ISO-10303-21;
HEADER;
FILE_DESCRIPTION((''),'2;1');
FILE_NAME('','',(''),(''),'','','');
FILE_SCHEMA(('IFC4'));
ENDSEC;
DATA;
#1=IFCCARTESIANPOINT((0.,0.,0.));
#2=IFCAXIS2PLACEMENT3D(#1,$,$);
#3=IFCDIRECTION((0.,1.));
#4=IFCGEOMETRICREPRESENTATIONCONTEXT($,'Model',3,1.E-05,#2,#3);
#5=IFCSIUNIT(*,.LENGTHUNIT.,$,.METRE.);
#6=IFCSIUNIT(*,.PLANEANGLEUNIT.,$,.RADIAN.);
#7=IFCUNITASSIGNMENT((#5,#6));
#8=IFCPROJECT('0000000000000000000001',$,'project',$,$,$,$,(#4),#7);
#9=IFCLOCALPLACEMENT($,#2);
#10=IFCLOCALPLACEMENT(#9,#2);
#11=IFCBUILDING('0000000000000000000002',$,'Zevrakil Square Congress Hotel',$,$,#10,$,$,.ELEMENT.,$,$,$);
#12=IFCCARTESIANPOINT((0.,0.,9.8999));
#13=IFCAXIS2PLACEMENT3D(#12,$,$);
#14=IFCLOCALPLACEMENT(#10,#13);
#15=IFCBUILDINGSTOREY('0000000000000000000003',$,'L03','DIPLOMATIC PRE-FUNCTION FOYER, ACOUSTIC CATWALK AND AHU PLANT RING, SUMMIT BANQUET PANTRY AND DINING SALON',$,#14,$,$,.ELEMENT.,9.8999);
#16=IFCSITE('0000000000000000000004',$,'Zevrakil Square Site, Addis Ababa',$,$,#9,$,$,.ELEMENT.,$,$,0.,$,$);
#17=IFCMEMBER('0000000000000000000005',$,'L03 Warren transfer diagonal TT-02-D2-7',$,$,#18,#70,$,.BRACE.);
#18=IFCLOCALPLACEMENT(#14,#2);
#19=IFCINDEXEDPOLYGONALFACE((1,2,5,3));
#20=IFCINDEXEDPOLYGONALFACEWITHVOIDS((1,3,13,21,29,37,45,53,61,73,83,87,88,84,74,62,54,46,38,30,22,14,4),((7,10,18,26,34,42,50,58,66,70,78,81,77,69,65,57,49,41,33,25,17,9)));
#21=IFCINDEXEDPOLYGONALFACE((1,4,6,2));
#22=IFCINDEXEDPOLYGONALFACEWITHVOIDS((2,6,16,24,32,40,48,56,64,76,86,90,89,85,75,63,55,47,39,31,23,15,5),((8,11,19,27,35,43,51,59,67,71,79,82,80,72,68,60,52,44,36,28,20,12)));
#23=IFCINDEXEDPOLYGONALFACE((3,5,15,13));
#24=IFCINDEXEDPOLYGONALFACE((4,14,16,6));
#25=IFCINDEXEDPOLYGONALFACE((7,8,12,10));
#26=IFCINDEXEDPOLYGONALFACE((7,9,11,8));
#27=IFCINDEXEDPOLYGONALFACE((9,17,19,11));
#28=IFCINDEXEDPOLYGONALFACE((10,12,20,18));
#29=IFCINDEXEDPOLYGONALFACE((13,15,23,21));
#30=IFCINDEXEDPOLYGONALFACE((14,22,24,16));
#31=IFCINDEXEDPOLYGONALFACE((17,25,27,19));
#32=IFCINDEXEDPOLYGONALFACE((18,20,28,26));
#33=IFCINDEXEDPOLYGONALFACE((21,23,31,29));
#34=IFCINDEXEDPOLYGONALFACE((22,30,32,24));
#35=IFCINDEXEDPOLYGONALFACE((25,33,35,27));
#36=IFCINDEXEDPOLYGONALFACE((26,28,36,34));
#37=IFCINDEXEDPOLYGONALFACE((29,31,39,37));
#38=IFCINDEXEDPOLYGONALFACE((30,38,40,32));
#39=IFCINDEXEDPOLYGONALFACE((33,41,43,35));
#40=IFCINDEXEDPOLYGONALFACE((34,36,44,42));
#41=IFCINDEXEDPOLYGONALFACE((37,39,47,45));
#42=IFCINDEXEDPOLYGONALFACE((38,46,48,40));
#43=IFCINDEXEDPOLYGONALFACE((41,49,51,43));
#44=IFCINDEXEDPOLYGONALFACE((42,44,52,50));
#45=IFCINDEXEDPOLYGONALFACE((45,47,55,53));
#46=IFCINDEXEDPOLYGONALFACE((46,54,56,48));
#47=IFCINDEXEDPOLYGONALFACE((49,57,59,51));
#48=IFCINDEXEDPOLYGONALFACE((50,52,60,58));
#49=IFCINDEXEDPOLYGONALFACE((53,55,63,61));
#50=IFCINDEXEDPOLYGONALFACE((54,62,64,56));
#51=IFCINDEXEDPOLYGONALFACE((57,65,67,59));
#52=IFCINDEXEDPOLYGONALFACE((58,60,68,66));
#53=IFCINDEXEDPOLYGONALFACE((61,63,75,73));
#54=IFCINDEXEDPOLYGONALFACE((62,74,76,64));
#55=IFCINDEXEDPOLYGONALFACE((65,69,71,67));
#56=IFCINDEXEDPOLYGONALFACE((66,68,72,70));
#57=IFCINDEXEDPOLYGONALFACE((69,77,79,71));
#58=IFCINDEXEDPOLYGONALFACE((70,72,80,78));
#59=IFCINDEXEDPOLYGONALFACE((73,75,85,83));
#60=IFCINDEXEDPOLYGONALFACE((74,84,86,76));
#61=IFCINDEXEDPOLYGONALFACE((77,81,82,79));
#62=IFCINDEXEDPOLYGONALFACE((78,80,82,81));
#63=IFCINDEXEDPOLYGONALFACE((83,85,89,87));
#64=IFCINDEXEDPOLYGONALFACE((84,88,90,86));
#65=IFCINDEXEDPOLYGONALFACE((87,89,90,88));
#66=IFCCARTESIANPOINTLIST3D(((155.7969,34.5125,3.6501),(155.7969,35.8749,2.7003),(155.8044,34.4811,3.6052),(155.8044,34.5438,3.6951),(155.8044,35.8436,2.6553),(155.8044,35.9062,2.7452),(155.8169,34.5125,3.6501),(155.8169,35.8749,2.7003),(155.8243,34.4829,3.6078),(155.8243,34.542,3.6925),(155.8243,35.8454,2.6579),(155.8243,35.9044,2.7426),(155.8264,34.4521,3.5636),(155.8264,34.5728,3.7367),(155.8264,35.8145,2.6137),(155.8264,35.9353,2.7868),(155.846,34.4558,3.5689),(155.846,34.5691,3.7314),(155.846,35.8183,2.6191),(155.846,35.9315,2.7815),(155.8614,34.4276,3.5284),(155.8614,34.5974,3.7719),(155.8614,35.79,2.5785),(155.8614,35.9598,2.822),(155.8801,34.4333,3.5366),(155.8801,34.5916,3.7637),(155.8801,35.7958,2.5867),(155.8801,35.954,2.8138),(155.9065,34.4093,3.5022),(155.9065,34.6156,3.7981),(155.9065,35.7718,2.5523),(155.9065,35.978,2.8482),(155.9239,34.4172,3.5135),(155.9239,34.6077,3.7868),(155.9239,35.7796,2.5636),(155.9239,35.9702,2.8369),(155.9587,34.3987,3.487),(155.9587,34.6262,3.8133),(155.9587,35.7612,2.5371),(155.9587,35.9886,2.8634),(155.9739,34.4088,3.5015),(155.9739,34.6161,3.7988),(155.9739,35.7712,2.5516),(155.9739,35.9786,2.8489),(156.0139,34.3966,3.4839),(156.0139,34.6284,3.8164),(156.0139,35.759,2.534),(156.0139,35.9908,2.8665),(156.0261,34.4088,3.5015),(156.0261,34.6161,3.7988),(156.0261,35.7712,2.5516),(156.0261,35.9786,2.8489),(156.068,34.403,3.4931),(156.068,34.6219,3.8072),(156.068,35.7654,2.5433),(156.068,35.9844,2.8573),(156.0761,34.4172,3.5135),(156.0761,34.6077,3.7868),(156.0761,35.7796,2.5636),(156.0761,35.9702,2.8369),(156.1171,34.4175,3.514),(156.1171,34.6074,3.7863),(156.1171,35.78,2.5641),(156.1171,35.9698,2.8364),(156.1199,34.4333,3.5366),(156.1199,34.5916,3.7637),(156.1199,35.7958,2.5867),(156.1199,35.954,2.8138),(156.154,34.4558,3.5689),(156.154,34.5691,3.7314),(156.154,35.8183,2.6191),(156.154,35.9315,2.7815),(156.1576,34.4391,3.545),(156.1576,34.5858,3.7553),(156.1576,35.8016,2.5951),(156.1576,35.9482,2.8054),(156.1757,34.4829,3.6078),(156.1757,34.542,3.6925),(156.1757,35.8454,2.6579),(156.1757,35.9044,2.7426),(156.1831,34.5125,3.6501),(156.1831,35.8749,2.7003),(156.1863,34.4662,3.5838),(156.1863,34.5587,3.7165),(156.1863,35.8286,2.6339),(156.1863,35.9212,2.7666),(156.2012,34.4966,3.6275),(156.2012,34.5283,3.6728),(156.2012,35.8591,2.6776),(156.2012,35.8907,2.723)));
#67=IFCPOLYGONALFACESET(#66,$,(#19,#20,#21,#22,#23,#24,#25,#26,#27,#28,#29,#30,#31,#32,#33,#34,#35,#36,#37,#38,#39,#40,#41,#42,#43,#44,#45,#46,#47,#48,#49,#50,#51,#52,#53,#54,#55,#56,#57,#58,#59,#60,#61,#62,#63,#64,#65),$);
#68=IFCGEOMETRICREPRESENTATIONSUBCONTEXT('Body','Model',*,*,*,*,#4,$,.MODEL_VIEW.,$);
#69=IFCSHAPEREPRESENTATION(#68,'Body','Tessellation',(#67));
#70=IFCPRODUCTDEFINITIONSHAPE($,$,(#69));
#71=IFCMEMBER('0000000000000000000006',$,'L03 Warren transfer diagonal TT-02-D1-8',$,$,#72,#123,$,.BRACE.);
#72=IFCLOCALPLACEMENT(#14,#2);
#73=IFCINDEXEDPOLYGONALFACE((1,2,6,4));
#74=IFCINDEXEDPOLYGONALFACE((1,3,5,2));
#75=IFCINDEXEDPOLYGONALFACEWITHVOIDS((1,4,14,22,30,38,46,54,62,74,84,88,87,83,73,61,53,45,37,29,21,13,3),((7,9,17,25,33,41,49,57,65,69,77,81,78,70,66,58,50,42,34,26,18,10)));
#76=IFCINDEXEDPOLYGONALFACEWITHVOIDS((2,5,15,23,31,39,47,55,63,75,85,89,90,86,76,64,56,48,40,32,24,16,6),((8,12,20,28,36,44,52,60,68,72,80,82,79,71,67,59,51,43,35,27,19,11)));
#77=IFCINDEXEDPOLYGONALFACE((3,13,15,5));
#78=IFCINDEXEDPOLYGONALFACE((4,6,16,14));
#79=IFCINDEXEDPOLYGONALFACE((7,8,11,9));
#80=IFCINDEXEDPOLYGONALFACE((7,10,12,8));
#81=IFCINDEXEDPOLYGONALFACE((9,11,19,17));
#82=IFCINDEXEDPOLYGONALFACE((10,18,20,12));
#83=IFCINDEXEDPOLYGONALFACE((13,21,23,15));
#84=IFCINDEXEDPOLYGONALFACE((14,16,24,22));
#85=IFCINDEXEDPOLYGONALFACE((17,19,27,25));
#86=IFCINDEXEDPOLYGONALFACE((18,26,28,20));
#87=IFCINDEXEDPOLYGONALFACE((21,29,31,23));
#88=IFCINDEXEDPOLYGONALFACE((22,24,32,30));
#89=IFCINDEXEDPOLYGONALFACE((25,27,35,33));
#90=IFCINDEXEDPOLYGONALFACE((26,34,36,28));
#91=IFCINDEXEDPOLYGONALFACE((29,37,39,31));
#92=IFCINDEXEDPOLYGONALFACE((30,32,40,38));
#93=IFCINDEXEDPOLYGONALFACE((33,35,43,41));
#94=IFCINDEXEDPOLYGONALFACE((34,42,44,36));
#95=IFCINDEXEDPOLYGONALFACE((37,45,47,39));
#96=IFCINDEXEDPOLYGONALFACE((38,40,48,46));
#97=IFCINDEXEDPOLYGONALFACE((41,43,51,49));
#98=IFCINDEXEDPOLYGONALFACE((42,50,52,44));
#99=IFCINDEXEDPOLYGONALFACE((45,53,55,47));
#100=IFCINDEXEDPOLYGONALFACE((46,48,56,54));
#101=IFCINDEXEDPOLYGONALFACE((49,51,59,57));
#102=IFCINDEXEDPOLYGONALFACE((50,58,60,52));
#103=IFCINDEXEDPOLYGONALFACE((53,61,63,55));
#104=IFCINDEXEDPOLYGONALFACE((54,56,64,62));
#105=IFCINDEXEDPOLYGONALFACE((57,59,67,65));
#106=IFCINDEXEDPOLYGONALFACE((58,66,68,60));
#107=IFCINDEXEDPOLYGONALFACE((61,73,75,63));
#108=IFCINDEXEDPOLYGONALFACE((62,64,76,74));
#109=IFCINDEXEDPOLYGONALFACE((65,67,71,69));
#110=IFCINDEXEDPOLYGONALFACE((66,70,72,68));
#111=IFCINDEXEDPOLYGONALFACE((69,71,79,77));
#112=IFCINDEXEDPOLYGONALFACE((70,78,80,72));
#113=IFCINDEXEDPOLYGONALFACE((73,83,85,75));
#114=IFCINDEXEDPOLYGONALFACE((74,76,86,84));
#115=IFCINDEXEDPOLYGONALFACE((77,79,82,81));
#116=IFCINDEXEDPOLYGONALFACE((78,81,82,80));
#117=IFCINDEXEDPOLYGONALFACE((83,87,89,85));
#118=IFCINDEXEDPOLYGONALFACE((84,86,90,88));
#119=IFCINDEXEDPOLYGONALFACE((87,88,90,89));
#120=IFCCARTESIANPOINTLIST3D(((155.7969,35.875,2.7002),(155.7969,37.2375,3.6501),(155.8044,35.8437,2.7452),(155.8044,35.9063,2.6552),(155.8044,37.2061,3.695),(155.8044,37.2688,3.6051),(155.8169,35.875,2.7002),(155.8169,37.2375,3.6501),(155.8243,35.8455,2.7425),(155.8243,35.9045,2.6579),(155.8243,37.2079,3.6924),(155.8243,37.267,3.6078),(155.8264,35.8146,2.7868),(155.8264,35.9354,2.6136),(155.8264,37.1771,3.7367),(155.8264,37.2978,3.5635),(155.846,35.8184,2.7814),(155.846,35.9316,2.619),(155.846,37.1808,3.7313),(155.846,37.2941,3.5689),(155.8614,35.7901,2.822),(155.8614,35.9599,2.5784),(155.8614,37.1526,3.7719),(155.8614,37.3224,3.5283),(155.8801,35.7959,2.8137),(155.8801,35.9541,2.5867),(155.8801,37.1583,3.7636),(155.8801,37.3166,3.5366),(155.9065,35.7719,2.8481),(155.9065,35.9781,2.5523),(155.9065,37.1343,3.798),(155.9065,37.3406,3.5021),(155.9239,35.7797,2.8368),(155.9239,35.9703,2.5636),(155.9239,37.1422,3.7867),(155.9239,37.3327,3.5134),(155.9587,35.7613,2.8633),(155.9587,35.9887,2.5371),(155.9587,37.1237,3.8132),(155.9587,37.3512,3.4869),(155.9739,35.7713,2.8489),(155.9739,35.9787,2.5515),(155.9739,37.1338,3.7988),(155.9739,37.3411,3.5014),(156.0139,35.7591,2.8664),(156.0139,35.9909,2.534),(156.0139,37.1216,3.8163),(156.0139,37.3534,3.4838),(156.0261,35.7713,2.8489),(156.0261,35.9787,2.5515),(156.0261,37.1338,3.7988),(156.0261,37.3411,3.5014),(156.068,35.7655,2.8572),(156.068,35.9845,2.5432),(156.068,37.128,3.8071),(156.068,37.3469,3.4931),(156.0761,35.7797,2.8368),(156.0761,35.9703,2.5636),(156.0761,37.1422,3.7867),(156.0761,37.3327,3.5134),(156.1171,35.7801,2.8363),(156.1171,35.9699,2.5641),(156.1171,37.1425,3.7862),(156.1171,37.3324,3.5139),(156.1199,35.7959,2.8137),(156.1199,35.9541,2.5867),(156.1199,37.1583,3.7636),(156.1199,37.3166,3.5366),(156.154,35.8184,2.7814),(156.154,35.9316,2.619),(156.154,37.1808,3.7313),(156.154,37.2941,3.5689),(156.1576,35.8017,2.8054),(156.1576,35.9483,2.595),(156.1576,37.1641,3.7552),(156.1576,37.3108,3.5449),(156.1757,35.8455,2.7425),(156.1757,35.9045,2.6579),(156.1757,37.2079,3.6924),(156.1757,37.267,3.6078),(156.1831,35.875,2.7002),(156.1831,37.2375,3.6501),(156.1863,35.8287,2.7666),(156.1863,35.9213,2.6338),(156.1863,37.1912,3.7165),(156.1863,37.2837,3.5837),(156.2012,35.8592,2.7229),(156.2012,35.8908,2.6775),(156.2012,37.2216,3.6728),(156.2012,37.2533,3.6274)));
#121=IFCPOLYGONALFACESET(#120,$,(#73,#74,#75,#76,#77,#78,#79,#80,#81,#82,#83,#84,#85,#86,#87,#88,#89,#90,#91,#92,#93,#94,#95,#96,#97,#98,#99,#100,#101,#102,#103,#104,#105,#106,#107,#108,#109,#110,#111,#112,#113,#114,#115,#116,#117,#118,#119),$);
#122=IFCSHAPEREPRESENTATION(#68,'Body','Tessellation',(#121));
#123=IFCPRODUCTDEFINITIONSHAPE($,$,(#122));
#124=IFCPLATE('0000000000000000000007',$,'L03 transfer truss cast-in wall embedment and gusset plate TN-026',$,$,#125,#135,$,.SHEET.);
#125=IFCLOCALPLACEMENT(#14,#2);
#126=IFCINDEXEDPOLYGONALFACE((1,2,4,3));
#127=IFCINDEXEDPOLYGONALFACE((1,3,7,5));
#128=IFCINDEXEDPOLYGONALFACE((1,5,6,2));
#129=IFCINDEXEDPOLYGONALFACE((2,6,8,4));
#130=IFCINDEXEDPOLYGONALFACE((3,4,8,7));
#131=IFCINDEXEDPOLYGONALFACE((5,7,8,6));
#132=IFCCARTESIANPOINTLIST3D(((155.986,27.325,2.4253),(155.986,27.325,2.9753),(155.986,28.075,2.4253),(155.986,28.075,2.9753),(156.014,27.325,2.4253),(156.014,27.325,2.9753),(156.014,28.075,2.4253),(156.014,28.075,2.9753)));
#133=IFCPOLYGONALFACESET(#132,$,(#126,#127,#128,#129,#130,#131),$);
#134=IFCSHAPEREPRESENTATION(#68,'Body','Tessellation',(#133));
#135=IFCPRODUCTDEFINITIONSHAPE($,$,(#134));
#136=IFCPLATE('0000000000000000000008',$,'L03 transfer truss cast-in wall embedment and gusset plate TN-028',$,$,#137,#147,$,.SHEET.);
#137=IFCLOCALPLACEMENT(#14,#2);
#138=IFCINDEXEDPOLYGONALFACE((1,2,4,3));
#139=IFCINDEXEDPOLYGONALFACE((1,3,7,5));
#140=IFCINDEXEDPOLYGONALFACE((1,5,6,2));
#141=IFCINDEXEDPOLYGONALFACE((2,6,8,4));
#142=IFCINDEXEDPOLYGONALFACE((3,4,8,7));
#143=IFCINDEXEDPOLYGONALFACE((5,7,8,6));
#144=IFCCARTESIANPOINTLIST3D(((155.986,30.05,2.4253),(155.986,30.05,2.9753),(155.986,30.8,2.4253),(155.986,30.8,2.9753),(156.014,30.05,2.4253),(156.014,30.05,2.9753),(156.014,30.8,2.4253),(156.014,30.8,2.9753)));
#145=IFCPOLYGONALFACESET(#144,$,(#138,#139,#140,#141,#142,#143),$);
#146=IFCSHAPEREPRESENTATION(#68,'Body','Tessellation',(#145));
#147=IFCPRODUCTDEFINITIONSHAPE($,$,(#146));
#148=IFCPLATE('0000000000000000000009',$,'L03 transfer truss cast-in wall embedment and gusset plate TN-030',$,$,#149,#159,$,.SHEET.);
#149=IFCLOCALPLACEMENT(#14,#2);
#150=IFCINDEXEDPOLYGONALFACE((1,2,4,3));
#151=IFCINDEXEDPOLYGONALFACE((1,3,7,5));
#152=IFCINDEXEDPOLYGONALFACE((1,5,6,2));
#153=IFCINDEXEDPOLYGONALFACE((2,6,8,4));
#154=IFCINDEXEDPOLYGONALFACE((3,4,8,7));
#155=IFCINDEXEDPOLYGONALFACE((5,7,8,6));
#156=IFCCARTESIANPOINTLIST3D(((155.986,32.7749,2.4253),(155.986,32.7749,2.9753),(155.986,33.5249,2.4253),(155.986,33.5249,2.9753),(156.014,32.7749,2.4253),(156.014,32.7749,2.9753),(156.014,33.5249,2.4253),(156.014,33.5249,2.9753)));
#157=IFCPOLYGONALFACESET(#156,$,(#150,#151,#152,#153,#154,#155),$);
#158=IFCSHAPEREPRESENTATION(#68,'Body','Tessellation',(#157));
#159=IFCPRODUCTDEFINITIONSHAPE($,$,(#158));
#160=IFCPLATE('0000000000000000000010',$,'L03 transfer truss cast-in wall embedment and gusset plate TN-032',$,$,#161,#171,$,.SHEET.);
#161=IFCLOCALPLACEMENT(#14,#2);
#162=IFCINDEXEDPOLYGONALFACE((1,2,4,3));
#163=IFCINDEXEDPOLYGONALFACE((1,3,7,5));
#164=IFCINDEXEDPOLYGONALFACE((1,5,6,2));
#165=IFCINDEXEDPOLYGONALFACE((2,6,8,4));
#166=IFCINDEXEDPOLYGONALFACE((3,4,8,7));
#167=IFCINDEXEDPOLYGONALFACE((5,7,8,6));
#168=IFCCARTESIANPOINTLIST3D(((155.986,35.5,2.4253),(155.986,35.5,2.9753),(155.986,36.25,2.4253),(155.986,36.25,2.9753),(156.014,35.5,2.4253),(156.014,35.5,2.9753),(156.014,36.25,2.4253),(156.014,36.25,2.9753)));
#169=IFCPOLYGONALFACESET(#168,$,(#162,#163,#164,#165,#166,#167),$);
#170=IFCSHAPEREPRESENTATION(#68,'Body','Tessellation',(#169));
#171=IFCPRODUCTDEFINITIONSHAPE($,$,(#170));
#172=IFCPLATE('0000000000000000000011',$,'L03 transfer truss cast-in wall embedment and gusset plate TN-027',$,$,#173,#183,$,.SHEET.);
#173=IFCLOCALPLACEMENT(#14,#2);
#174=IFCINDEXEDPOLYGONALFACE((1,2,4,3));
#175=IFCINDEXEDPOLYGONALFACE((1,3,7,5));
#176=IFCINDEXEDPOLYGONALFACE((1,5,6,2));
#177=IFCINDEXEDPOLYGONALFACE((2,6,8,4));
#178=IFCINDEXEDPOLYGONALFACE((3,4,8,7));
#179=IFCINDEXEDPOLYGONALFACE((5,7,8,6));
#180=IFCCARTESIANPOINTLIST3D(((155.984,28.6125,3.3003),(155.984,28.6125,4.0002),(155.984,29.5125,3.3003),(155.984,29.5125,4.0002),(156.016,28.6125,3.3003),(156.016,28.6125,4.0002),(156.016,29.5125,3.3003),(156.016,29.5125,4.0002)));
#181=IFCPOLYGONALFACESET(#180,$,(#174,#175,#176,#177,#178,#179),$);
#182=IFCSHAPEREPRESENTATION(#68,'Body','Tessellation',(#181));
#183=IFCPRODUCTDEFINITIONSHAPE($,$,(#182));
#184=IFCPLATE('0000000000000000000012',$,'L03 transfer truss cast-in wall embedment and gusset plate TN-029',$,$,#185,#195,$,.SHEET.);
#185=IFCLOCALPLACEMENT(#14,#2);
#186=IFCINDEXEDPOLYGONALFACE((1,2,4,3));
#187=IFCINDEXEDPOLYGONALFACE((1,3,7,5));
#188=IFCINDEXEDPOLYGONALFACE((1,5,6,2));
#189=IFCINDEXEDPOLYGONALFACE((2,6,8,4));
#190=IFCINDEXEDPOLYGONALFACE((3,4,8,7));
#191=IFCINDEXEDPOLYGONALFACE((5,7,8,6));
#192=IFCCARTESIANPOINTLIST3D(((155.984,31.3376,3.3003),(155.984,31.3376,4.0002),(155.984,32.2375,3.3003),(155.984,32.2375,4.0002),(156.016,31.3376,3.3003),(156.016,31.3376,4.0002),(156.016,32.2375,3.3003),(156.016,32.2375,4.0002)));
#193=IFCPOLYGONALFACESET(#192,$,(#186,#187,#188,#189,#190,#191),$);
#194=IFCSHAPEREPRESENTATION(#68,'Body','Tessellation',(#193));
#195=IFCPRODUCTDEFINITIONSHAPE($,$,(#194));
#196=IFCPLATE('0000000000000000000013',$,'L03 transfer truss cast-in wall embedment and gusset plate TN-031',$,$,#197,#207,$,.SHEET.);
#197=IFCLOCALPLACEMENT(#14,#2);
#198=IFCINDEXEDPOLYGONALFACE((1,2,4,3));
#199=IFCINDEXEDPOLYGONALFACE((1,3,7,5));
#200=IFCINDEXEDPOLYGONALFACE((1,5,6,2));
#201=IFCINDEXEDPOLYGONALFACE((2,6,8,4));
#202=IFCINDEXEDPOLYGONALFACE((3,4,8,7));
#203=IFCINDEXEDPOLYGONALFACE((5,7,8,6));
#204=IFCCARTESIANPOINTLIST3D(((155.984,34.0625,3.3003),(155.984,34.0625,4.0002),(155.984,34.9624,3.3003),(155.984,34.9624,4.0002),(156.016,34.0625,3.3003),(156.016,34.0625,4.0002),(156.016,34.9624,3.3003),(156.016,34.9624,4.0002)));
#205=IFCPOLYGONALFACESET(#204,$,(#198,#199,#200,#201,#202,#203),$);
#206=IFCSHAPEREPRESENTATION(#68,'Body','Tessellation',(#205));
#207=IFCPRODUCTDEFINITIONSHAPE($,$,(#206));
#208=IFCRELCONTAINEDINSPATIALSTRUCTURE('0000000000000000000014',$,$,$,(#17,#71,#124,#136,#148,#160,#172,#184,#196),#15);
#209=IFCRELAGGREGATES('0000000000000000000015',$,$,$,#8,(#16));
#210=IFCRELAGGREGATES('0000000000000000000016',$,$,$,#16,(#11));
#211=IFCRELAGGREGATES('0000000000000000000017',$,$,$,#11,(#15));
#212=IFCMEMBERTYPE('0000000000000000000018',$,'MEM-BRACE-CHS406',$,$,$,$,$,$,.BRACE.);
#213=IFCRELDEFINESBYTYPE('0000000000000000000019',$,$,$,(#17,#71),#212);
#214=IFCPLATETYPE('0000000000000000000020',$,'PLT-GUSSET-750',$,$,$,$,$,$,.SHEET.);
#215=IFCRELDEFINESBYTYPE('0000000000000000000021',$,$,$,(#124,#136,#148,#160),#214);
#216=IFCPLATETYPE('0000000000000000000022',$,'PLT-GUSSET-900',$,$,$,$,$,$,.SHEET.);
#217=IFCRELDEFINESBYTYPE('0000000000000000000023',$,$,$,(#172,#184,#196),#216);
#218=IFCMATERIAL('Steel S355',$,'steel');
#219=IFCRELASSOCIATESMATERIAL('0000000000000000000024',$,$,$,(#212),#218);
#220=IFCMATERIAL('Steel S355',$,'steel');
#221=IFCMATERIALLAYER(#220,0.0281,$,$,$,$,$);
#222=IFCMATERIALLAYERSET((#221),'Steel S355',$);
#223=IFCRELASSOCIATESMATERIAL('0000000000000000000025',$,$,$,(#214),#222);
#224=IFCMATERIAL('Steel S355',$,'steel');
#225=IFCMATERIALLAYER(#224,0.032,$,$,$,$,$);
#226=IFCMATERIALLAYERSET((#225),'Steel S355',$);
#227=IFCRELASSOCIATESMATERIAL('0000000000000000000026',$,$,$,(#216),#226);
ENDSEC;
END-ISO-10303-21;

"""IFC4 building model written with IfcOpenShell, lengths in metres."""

from ifc_helpers import new_model, si_unit, direction, frame, origin, origin_2d, place, context, subcontext, project, spatial, rectangle, hollow_circle, extrude, material, layer, layer_set, material_profile, profile_set, type_object, element, save


model = new_model("IFC4")

# Units and contexts
model_context = context("Model", 3, precision=1e-05, world=origin(), true_north=direction((0.0, 1.0)))
body_context = subcontext(model_context, "Body", "Model", "MODEL_VIEW")
ifc_project = project(units=[si_unit("LENGTHUNIT", "METRE"), si_unit("PLANEANGLEUNIT", "RADIAN")], contexts=[model_context])

# Site, building, storey
site_placement = place(None, origin())
site = spatial("IfcSite", under=ifc_project, at=site_placement, Name="Zevrakil Square Site, Addis Ababa", CompositionType="ELEMENT", RefElevation=0.0)
building_placement = place(site_placement, origin())
building = spatial("IfcBuilding", under=site, at=building_placement, Name="Zevrakil Square Congress Hotel", CompositionType="ELEMENT")
storey_placement = place(building_placement, frame((0.0, 0.0, 9.8999)))
storey = spatial("IfcBuildingStorey", under=building, at=storey_placement, Name="L03", Description="DIPLOMATIC PRE-FUNCTION FOYER, ACOUSTIC CATWALK AND AHU PLANT RING, SUMMIT BANQUET PANTRY AND DINING SALON", CompositionType="ELEMENT", Elevation=9.8999)

# Members
ifc_material_1 = material(Name="Steel S355", Category="steel")
ifc_material_profile_1 = material_profile(ifc_material_1, hollow_circle(Radius=0.2031, WallThickness=0.02, at=origin_2d()), Name="CHS 406.4x20")
ifc_profile_set_1 = profile_set([ifc_material_profile_1], Name="Steel S355")
member_type_1 = type_object("IfcMemberType", Name="MEM-BRACE-CHS406", PredefinedType="BRACE", material=ifc_profile_set_1)
for number, where, z_axis, x_axis, name in (
    (1, (156.0, 34.5125, 3.6501), (0.0, 0.820315, -0.571913), (-1.0, 0.0, 0.0), "L03 Warren transfer diagonal TT-02-D2-7"),
    (2, (156.0, 35.875, 2.7002), (0.0, 0.820315, 0.571913), (-1.0, 0.0, 0.0), "L03 Warren transfer diagonal TT-02-D1-8"),
):
    element("IfcMember", number, at=place(storey_placement, frame(where, z_axis=z_axis, x_axis=x_axis)), inside=storey, type_object=member_type_1, Name=name, PredefinedType="BRACE", context=body_context, shape_type="SweptSolid", body=[
        extrude(hollow_circle(Radius=0.2031, WallThickness=0.02, at=origin_2d()), origin(), (0.0, 0.0, 1.0), 1.6609),
    ])

# Plates
ifc_material_2 = material(Name="Steel S355", Category="steel")
ifc_layer_1 = layer(ifc_material_2, 0.0281)
ifc_layer_set_1 = layer_set([ifc_layer_1], Name="Steel S355")
plate_type_1 = type_object("IfcPlateType", Name="PLT-GUSSET-750", PredefinedType="SHEET", material=ifc_layer_set_1)
for number, where, z_axis, x_axis, name in (
    (3, (156.0, 27.7, 2.4253), (0.0, 0.0, 1.0), (0.0, 1.0, 0.0), "L03 transfer truss cast-in wall embedment and gusset plate TN-026"),
    (4, (156.0, 30.425, 2.4253), (0.0, 0.0, 1.0), (0.0, 1.0, 0.0), "L03 transfer truss cast-in wall embedment and gusset plate TN-028"),
    (5, (156.0, 33.1499, 2.4253), (0.0, 0.0, 1.0), (0.0, 1.0, 0.0), "L03 transfer truss cast-in wall embedment and gusset plate TN-030"),
    (6, (156.0, 35.875, 2.4253), (0.0, 0.0, 1.0), (0.0, 1.0, 0.0), "L03 transfer truss cast-in wall embedment and gusset plate TN-032"),
):
    element("IfcPlate", number, at=place(storey_placement, frame(where, z_axis=z_axis, x_axis=x_axis)), inside=storey, type_object=plate_type_1, Name=name, PredefinedType="SHEET", context=body_context, shape_type="SweptSolid", body=[
        extrude(rectangle(XDim=0.75, YDim=0.0281, at=origin_2d()), origin(), (0.0, 0.0, 1.0), 0.55),
    ])
ifc_material_3 = material(Name="Steel S355", Category="steel")
ifc_layer_2 = layer(ifc_material_3, 0.032)
ifc_layer_set_2 = layer_set([ifc_layer_2], Name="Steel S355")
plate_type_2 = type_object("IfcPlateType", Name="PLT-GUSSET-900", PredefinedType="SHEET", material=ifc_layer_set_2)
for number, where, z_axis, x_axis, name in (
    (7, (156.0, 29.0625, 3.3003), (0.0, 0.0, 1.0), (0.0, 1.0, 0.0), "L03 transfer truss cast-in wall embedment and gusset plate TN-027"),
    (8, (156.0, 31.7876, 3.3003), (0.0, 0.0, 1.0), (0.0, 1.0, 0.0), "L03 transfer truss cast-in wall embedment and gusset plate TN-029"),
    (9, (156.0, 34.5125, 3.3003), (0.0, 0.0, 1.0), (0.0, 1.0, 0.0), "L03 transfer truss cast-in wall embedment and gusset plate TN-031"),
):
    element("IfcPlate", number, at=place(storey_placement, frame(where, z_axis=z_axis, x_axis=x_axis)), inside=storey, type_object=plate_type_2, Name=name, PredefinedType="SHEET", context=body_context, shape_type="SweptSolid", body=[
        extrude(rectangle(XDim=0.8999, YDim=0.032, at=origin_2d()), origin(), (0.0, 0.0, 1.0), 0.7),
    ])

save(model, "model.ifc")
